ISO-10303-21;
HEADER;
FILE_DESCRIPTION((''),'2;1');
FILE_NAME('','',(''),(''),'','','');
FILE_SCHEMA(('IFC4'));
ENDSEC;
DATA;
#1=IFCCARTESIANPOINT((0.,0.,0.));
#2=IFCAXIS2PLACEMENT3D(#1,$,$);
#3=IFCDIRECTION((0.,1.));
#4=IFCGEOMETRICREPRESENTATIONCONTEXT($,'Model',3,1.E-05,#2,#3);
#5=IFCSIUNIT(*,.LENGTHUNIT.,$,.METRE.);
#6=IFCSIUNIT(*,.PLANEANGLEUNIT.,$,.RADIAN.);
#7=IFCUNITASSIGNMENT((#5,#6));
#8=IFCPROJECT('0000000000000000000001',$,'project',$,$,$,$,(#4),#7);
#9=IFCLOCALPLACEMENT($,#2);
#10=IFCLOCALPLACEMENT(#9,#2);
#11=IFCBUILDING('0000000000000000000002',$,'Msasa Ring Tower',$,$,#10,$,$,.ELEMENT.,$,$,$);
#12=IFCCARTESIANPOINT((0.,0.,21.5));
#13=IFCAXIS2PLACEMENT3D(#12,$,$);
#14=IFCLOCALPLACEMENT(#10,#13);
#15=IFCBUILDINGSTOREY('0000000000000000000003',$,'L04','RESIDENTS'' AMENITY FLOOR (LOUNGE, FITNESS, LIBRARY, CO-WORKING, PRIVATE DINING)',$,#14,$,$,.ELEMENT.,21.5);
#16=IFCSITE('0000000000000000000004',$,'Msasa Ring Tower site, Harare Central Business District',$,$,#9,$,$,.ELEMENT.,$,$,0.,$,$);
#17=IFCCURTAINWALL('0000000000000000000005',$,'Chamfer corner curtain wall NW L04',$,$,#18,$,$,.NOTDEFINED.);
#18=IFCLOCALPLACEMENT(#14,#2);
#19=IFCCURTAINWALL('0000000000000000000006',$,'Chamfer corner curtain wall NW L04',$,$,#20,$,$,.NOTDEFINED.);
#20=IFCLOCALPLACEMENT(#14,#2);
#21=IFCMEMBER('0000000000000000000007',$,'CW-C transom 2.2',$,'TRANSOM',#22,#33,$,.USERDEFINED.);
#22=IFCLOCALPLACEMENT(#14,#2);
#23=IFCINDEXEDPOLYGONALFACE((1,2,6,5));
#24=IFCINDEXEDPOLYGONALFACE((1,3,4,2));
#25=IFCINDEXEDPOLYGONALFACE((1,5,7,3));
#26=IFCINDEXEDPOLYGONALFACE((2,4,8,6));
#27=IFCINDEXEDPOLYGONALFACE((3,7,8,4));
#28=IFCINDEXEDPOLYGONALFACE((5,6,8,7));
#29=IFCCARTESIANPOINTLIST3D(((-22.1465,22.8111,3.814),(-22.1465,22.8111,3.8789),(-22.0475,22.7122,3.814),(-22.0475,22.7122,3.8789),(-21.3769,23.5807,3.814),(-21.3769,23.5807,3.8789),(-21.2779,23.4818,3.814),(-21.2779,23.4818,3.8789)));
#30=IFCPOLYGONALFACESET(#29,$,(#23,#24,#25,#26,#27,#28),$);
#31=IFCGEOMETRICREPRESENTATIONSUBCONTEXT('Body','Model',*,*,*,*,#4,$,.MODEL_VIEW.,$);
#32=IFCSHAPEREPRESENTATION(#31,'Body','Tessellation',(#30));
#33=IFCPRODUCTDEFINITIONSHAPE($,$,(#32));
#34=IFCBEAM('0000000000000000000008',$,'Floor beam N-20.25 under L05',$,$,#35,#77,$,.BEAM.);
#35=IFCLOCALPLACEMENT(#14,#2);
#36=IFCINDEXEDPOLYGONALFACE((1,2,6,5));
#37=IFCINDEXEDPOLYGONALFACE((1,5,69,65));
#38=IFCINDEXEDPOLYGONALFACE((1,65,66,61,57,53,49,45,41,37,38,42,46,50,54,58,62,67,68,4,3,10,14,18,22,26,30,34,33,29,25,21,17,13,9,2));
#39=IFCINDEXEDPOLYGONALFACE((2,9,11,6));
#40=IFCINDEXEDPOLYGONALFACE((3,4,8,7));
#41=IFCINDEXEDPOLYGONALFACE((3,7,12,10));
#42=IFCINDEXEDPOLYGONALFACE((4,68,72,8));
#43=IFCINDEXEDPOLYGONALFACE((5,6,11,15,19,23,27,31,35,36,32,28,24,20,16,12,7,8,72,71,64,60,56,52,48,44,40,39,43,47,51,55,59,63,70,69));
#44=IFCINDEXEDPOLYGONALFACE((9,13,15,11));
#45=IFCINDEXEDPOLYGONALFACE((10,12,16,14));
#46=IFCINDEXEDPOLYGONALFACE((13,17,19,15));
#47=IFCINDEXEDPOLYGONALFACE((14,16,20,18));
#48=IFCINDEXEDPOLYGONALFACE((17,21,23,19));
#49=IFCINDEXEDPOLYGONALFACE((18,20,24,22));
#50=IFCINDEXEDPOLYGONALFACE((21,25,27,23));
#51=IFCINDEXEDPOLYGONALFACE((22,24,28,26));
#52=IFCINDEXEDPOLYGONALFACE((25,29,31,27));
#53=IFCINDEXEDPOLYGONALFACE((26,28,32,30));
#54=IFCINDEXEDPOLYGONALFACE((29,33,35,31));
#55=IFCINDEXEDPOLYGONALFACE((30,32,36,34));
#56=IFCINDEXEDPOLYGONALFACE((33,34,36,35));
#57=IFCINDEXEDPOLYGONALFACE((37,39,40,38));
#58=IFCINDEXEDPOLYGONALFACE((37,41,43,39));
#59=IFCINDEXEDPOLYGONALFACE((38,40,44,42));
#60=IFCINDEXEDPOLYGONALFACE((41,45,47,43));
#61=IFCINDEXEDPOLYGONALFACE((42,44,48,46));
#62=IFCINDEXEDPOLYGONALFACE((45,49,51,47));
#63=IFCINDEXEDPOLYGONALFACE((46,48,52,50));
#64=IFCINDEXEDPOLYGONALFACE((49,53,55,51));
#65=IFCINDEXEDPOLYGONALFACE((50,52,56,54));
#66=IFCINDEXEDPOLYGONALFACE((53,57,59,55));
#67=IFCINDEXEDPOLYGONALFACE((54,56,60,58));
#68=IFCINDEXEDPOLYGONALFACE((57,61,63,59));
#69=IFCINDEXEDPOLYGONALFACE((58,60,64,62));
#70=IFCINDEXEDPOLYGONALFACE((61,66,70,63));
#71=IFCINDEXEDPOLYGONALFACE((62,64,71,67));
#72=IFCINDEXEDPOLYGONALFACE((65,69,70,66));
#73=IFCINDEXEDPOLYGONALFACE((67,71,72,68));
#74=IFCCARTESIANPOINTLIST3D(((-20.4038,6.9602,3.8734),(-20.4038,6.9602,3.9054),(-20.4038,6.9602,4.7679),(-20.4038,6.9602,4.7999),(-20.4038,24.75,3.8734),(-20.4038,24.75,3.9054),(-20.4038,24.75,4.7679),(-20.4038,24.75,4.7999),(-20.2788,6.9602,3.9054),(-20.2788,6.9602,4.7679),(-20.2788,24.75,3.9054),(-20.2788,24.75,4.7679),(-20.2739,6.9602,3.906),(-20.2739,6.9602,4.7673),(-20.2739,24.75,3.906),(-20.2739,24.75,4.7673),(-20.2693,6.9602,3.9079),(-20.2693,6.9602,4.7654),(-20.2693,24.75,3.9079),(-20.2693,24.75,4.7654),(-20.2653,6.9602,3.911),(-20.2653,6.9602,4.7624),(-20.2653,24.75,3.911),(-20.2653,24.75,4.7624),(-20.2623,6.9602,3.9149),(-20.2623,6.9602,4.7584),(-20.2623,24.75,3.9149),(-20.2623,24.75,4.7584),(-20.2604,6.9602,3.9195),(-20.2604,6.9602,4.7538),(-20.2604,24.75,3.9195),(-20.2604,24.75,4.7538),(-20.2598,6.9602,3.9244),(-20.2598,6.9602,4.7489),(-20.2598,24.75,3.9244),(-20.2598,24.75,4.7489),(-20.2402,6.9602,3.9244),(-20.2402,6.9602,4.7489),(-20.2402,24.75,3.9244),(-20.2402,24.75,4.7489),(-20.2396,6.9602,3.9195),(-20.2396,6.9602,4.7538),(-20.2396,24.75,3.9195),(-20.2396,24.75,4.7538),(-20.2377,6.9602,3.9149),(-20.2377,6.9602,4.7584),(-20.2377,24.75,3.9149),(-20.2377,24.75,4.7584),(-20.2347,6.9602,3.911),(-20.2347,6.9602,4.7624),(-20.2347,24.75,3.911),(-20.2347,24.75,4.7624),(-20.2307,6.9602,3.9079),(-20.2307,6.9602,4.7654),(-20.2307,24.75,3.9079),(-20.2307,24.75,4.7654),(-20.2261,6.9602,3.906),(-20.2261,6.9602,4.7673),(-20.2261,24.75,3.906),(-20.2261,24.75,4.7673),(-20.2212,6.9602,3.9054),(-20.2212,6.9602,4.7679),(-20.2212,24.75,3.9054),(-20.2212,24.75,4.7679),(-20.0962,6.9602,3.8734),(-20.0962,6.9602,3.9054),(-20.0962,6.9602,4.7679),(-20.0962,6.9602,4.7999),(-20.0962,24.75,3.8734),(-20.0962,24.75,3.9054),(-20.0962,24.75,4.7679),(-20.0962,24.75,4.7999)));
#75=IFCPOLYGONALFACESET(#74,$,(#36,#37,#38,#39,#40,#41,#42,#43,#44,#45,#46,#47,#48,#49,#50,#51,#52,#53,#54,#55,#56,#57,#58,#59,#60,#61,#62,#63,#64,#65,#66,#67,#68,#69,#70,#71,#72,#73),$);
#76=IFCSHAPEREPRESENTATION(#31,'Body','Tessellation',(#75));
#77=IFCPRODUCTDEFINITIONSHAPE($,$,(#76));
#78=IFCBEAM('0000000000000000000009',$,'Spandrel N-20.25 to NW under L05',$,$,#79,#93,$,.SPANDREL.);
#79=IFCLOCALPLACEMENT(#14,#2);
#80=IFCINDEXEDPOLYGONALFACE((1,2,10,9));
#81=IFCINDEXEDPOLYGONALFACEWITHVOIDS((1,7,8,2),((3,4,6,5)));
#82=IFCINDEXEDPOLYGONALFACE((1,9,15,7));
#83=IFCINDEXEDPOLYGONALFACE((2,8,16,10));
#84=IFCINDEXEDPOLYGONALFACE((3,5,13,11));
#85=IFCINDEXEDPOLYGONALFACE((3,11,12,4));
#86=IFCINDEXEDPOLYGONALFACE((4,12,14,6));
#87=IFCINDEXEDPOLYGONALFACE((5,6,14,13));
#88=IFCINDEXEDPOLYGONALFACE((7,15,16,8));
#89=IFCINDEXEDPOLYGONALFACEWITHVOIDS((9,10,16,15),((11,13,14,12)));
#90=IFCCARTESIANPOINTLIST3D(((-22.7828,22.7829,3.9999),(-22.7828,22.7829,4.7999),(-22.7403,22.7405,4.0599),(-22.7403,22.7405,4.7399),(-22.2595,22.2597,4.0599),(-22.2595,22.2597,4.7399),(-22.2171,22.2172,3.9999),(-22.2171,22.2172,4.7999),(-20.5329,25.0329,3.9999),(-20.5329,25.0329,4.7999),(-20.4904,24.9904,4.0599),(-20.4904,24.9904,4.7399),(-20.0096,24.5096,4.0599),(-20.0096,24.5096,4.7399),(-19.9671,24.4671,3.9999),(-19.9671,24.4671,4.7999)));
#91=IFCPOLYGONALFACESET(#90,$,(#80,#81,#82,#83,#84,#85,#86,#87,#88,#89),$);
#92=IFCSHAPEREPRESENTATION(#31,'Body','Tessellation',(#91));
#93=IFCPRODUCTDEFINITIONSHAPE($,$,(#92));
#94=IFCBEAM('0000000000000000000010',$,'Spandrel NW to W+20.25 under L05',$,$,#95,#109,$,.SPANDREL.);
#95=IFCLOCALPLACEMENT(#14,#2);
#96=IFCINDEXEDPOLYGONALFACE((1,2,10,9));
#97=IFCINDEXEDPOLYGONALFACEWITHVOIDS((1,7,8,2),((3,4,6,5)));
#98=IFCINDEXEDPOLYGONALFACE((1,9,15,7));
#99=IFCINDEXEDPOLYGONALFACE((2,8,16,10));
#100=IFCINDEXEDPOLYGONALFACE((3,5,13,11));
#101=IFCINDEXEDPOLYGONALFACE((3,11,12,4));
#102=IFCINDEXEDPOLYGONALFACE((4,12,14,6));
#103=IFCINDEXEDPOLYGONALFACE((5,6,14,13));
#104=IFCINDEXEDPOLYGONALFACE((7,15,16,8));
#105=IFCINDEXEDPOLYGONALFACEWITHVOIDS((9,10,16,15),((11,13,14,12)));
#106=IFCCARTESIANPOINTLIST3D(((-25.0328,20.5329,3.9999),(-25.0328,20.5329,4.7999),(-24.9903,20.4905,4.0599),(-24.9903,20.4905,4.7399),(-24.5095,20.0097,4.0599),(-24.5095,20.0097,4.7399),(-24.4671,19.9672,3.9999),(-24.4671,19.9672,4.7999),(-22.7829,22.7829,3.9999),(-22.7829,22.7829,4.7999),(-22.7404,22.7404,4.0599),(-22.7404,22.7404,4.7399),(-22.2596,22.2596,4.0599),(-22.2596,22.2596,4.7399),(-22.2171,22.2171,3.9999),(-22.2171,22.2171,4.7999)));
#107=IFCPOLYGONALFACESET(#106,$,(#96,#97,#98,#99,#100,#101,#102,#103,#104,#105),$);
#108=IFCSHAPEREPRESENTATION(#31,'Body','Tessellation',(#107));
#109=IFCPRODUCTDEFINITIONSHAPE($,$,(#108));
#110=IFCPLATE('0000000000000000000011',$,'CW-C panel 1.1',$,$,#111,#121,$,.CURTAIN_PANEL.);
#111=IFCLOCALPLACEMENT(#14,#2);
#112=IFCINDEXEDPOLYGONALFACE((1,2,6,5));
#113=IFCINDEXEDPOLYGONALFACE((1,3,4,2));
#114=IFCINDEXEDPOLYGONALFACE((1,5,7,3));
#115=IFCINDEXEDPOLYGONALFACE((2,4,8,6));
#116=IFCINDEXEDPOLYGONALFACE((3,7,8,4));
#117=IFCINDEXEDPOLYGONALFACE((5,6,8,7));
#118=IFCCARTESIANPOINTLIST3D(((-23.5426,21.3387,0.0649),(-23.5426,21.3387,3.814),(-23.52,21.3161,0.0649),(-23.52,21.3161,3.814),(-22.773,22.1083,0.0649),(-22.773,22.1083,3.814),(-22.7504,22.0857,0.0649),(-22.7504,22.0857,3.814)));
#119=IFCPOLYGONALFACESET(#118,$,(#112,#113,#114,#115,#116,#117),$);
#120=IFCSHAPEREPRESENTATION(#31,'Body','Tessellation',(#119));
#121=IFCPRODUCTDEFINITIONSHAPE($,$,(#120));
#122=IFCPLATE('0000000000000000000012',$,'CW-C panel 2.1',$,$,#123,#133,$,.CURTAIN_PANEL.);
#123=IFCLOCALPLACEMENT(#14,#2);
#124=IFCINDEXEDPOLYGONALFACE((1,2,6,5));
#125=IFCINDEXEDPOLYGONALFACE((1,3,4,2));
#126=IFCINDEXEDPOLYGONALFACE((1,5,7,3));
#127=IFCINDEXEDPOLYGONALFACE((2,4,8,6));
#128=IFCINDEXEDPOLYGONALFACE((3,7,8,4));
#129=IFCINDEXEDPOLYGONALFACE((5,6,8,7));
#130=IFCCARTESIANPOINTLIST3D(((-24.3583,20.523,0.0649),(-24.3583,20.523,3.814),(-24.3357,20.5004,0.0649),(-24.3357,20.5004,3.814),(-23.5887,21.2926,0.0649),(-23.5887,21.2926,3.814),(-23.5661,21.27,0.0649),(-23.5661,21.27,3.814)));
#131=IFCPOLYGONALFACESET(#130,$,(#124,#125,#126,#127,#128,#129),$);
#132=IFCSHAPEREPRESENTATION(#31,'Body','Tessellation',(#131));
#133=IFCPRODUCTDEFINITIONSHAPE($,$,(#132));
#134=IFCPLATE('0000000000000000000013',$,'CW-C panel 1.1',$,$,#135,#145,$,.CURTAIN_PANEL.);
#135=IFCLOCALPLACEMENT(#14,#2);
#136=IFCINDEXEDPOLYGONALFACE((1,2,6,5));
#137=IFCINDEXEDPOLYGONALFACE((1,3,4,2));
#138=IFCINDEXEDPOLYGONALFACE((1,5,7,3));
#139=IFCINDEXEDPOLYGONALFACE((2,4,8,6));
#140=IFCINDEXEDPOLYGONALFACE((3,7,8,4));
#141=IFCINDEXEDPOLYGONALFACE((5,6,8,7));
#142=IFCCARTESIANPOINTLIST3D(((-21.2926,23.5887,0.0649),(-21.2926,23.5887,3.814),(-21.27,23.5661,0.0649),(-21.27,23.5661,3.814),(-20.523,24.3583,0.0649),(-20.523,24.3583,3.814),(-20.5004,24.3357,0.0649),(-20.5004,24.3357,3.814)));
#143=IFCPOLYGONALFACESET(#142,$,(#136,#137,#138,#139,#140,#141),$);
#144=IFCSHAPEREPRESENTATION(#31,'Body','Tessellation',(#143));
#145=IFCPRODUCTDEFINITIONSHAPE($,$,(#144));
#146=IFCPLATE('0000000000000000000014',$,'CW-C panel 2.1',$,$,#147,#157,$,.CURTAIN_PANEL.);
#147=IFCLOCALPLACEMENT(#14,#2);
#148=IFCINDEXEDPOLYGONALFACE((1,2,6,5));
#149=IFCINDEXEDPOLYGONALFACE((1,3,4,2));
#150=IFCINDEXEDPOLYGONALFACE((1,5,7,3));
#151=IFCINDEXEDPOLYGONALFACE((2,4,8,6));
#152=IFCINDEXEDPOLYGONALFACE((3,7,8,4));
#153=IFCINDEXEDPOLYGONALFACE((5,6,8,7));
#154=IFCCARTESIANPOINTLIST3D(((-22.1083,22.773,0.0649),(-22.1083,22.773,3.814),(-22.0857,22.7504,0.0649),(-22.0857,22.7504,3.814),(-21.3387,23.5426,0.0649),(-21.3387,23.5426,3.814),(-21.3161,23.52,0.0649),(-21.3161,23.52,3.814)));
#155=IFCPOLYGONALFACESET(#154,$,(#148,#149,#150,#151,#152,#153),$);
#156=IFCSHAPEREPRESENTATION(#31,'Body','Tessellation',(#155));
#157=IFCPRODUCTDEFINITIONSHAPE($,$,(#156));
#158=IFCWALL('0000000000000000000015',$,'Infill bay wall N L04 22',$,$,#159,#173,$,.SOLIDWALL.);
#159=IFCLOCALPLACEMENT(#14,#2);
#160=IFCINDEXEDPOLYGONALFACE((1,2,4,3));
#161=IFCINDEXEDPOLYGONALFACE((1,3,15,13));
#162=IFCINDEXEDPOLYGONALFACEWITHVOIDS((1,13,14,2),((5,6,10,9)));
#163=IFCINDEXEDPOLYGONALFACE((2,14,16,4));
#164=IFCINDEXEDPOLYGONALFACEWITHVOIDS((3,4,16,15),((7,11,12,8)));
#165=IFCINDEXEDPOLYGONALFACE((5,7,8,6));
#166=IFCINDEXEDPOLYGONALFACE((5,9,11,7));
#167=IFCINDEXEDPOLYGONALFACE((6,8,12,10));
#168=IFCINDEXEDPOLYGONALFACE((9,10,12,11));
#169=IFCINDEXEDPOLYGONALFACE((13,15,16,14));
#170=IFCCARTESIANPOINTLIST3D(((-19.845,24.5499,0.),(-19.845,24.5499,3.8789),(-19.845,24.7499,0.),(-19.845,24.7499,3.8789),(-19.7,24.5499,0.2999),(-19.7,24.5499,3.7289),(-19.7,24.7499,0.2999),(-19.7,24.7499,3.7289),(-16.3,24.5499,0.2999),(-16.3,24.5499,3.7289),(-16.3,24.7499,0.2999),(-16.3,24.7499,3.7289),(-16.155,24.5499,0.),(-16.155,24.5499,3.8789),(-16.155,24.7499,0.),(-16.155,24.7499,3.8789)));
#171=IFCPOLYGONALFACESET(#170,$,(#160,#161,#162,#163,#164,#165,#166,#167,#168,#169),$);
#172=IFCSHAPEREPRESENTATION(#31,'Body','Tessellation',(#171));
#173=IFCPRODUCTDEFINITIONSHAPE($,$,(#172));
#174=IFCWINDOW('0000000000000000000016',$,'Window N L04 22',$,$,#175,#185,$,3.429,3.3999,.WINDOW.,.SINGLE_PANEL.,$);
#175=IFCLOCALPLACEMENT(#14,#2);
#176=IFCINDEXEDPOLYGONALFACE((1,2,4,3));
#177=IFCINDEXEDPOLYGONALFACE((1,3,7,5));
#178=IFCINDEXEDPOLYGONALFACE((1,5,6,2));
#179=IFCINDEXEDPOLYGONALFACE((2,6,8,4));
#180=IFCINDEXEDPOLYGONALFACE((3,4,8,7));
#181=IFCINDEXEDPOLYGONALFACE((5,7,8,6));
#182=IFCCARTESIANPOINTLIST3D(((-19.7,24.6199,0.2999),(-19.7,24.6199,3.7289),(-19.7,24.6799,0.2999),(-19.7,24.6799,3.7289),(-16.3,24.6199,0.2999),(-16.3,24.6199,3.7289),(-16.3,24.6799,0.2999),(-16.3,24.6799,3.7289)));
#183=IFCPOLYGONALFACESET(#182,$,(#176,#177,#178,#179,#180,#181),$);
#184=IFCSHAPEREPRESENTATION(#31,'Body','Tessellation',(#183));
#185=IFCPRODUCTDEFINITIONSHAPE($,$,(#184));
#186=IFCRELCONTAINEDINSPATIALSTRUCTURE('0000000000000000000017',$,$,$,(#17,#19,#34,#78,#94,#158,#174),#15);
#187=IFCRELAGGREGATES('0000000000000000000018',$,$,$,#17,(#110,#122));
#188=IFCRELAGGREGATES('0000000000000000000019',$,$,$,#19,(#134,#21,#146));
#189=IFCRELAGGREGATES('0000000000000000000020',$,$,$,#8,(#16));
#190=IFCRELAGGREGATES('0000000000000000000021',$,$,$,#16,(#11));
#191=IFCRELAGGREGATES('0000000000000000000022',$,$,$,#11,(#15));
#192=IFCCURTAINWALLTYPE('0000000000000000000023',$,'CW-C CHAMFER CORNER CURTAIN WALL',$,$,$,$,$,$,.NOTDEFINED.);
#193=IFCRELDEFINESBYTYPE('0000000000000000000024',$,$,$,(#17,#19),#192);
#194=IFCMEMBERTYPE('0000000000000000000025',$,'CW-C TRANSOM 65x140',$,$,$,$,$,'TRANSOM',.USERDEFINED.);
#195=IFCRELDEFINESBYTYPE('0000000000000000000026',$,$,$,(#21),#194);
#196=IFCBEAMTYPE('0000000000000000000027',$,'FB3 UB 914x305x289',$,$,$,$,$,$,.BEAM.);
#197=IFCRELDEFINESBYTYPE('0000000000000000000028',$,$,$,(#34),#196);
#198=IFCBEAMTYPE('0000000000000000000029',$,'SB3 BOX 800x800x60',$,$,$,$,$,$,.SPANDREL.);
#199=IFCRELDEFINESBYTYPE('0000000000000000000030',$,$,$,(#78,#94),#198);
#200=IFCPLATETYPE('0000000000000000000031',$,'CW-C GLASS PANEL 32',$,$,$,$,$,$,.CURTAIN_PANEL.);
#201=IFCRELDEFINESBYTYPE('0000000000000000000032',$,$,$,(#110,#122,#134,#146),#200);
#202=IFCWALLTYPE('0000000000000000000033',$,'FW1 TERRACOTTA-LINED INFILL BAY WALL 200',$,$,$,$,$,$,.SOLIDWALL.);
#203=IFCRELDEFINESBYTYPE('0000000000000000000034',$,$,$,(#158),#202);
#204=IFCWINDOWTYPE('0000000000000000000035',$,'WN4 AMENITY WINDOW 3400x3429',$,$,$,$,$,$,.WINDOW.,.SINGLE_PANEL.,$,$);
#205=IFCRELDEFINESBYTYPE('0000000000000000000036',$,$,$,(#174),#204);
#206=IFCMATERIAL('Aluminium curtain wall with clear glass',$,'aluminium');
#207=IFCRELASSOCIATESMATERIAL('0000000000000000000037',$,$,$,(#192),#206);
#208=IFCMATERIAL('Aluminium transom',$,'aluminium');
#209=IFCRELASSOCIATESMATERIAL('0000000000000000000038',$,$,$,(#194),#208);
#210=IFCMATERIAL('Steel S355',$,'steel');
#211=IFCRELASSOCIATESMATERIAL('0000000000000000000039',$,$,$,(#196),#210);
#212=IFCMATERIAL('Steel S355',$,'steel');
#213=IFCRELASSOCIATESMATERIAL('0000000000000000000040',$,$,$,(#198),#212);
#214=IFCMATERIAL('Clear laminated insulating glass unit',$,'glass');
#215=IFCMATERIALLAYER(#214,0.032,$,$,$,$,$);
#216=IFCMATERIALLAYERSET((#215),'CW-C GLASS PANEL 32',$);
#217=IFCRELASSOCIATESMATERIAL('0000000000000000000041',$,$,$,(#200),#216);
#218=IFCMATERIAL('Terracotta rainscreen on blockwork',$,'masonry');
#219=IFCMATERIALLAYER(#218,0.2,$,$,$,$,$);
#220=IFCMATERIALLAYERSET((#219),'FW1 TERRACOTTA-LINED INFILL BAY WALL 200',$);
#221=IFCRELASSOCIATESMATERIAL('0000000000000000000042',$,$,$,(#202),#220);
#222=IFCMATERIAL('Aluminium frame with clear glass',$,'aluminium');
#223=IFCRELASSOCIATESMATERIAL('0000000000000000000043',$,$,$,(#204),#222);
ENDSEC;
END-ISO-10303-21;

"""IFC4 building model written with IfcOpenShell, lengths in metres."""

from ifc_helpers import new_model, si_unit, direction, frame, frame_2d, origin, origin_2d, place, context, subcontext, project, spatial, rectangle, hollow_rectangle, i_section, extrude, material, layer, layer_set, material_profile, profile_set, type_object, element, fill, aggregate, save


model = new_model("IFC4")

# Units and contexts
model_context = context("Model", 3, precision=1e-05, world=origin(), true_north=direction((0.0, 1.0)))
body_context = subcontext(model_context, "Body", "Model", "MODEL_VIEW")
ifc_project = project(units=[si_unit("LENGTHUNIT", "METRE"), si_unit("PLANEANGLEUNIT", "RADIAN")], contexts=[model_context])

# Site, building, storey
site_placement = place(None, origin())
site = spatial("IfcSite", under=ifc_project, at=site_placement, Name="Msasa Ring Tower site, Harare Central Business District", CompositionType="ELEMENT", RefElevation=0.0)
building_placement = place(site_placement, origin())
building = spatial("IfcBuilding", under=site, at=building_placement, Name="Msasa Ring Tower", CompositionType="ELEMENT")
storey_placement = place(building_placement, frame((0.0, 0.0, 21.5)))
storey = spatial("IfcBuildingStorey", under=building, at=storey_placement, Name="L04", Description="RESIDENTS' AMENITY FLOOR (LOUNGE, FITNESS, LIBRARY, CO-WORKING, PRIVATE DINING)", CompositionType="ELEMENT", Elevation=21.5)

# Curtain walls
ifc_material_1 = material(Name="Aluminium curtain wall with clear glass", Category="aluminium")
curtain_wall_type = type_object("IfcCurtainWallType", Name="CW-C CHAMFER CORNER CURTAIN WALL", PredefinedType="NOTDEFINED", material=ifc_material_1)
curtain_wall_1_placement = place(storey_placement, origin())
curtain_wall_1 = element("IfcCurtainWall", 1, at=curtain_wall_1_placement, inside=storey, type_object=curtain_wall_type, Name="Chamfer corner curtain wall NW L04", PredefinedType="NOTDEFINED")
curtain_wall_2_placement = place(storey_placement, origin())
curtain_wall_2 = element("IfcCurtainWall", 2, at=curtain_wall_2_placement, inside=storey, type_object=curtain_wall_type, Name="Chamfer corner curtain wall NW L04", PredefinedType="NOTDEFINED")

# Member
ifc_material_2 = material(Name="Aluminium transom", Category="aluminium")
ifc_material_profile_1 = material_profile(ifc_material_2, rectangle(XDim=0.1399, YDim=0.0649, at=origin_2d()), Name="AL 65x140")
ifc_profile_set_1 = profile_set([ifc_material_profile_1], Name="Aluminium transom")
member_type_1 = type_object("IfcMemberType", Name="CW-C TRANSOM 65x140", ElementType="TRANSOM", PredefinedType="USERDEFINED", material=ifc_profile_set_1)
member_1_placement = place(storey_placement, frame((-21.3274, 23.5312, 3.8464), z_axis=(-0.707107, -0.707107, 0.0), x_axis=(0.707107, -0.707107, 0.0)))
member_1 = element("IfcMember", 3, at=member_1_placement, type_object=member_type_1, Name="CW-C transom 2.2", ObjectType="TRANSOM", PredefinedType="USERDEFINED", context=body_context, shape_type="SweptSolid", body=[
    extrude(rectangle(XDim=0.1399, YDim=0.0649, at=origin_2d()), origin(), (0.0, 0.0, 1.0), 1.0884),
])

# Beams
ifc_material_3 = material(Name="Steel S355", Category="steel")
ifc_material_profile_2 = material_profile(ifc_material_3, i_section(OverallWidth=0.3076, OverallDepth=0.9265, WebThickness=0.0195, FlangeThickness=0.032, FilletRadius=0.019, at=origin_2d()), Name="UB 914x305x289")
ifc_profile_set_2 = profile_set([ifc_material_profile_2], Name="Steel S355")
beam_type_1 = type_object("IfcBeamType", Name="FB3 UB 914x305x289", PredefinedType="BEAM", material=ifc_profile_set_2)
beam_placement = place(storey_placement, frame((-20.25, 24.75, 4.3367), z_axis=(0.0, -1.0, 0.0), x_axis=(1.0, 0.0, 0.0)))
element("IfcBeam", 4, at=beam_placement, inside=storey, type_object=beam_type_1, Name="Floor beam N-20.25 under L05", PredefinedType="BEAM", context=body_context, shape_type="SweptSolid", body=[
    extrude(i_section(OverallWidth=0.3076, OverallDepth=0.9265, WebThickness=0.0195, FlangeThickness=0.032, FilletRadius=0.019, at=origin_2d()), origin(), (0.0, 0.0, 1.0), 17.7898),
])
ifc_material_4 = material(Name="Steel S355", Category="steel")
ifc_material_profile_3 = material_profile(ifc_material_4, hollow_rectangle(XDim=0.8, YDim=0.8, WallThickness=0.0601, at=origin_2d()), Name="BOX 800x800x60")
ifc_profile_set_3 = profile_set([ifc_material_profile_3], Name="Steel S355")
beam_type_2 = type_object("IfcBeamType", Name="SB3 BOX 800x800x60", PredefinedType="SPANDREL", material=ifc_profile_set_3)
for number, where, z_axis, x_axis, name in (
    (5, (-20.25, 24.75, 4.3999), (-0.707107, -0.707107, 0.0), (0.707107, -0.707107, 0.0), "Spandrel N-20.25 to NW under L05"),
    (6, (-22.5, 22.5, 4.3999), (-0.707107, -0.707107, 0.0), (0.707107, -0.707107, 0.0), "Spandrel NW to W+20.25 under L05"),
):
    element("IfcBeam", number, at=place(storey_placement, frame(where, z_axis=z_axis, x_axis=x_axis)), inside=storey, type_object=beam_type_2, Name=name, PredefinedType="SPANDREL", context=body_context, shape_type="SweptSolid", body=[
        extrude(hollow_rectangle(XDim=0.8, YDim=0.8, WallThickness=0.0601, at=origin_2d()), origin(), (0.0, 0.0, 1.0), 3.1819),
    ])

# Plates
ifc_material_5 = material(Name="Clear laminated insulating glass unit", Category="glass")
ifc_layer_1 = layer(ifc_material_5, 0.032)
ifc_layer_set_1 = layer_set([ifc_layer_1], Name="CW-C GLASS PANEL 32")
plate_type = type_object("IfcPlateType", Name="CW-C GLASS PANEL 32", PredefinedType="CURTAIN_PANEL", material=ifc_layer_set_1)
plate_1_placement = place(storey_placement, frame((-23.1465, 21.7122, 0.0649), z_axis=(0.0, 0.0, 1.0), x_axis=(-0.707107, -0.707107, 0.0)))
plate_1 = element("IfcPlate", 7, at=plate_1_placement, type_object=plate_type, Name="CW-C panel 1.1", PredefinedType="CURTAIN_PANEL", context=body_context, shape_type="SweptSolid", body=[
    extrude(rectangle(XDim=1.0884, YDim=0.032, at=origin_2d()), origin(), (0.0, 0.0, 1.0), 3.749),
])
plate_2_placement = place(storey_placement, frame((-23.9622, 20.8965, 0.0649), z_axis=(0.0, 0.0, 1.0), x_axis=(-0.707107, -0.707107, 0.0)))
plate_2 = element("IfcPlate", 8, at=plate_2_placement, type_object=plate_type, Name="CW-C panel 2.1", PredefinedType="CURTAIN_PANEL", context=body_context, shape_type="SweptSolid", body=[
    extrude(rectangle(XDim=1.0884, YDim=0.032, at=origin_2d()), origin(), (0.0, 0.0, 1.0), 3.749),
])
aggregate(curtain_wall_1, [plate_1, plate_2])
plate_3_placement = place(storey_placement, frame((-20.8965, 23.9622, 0.0649), z_axis=(0.0, 0.0, 1.0), x_axis=(-0.707107, -0.707107, 0.0)))
plate_3 = element("IfcPlate", 9, at=plate_3_placement, type_object=plate_type, Name="CW-C panel 1.1", PredefinedType="CURTAIN_PANEL", context=body_context, shape_type="SweptSolid", body=[
    extrude(rectangle(XDim=1.0884, YDim=0.032, at=origin_2d()), origin(), (0.0, 0.0, 1.0), 3.749),
])
plate_4_placement = place(storey_placement, frame((-21.7122, 23.1465, 0.0649), z_axis=(0.0, 0.0, 1.0), x_axis=(-0.707107, -0.707107, 0.0)))
plate_4 = element("IfcPlate", 10, at=plate_4_placement, type_object=plate_type, Name="CW-C panel 2.1", PredefinedType="CURTAIN_PANEL", context=body_context, shape_type="SweptSolid", body=[
    extrude(rectangle(XDim=1.0884, YDim=0.032, at=origin_2d()), origin(), (0.0, 0.0, 1.0), 3.749),
])
aggregate(curtain_wall_2, [plate_3, member_1, plate_4])

# Wall, opening, window
ifc_material_6 = material(Name="Terracotta rainscreen on blockwork", Category="masonry")
ifc_layer_2 = layer(ifc_material_6, 0.2)
ifc_layer_set_2 = layer_set([ifc_layer_2], Name="FW1 TERRACOTTA-LINED INFILL BAY WALL 200")
wall_type = type_object("IfcWallType", Name="FW1 TERRACOTTA-LINED INFILL BAY WALL 200", PredefinedType="SOLIDWALL", material=ifc_layer_set_2)
wall_placement = place(storey_placement, frame((-19.845, 24.6499, 0.0), z_axis=(0.0, 0.0, 1.0), x_axis=(1.0, 0.0, 0.0)))
wall = element("IfcWall", 11, at=wall_placement, inside=storey, type_object=wall_type, Name="Infill bay wall N L04 22", PredefinedType="SOLIDWALL", context=body_context, shape_type="SweptSolid", body=[
    extrude(rectangle(XDim=3.6899, YDim=0.2, at=frame_2d((1.845, 0.0))), origin(), (0.0, 0.0, 1.0), 3.8789),
])
opening_placement = place(wall_placement, frame((0.145, 0.0, 0.3)))
opening = element("IfcOpeningElement", 12, at=opening_placement, cuts=wall, PredefinedType="OPENING", context=body_context, shape_type="SweptSolid", body=[
    extrude(rectangle(XDim=3.3999, YDim=3.429, at=frame_2d((1.7, 1.7144))), frame((0.0, 0.1099, 0.0), z_axis=(0.0, -1.0, 0.0), x_axis=(1.0, 0.0, 0.0)), (0.0, 0.0, 1.0), 0.22),
])
ifc_material_7 = material(Name="Aluminium frame with clear glass", Category="aluminium")
window_type = type_object("IfcWindowType", Name="WN4 AMENITY WINDOW 3400x3429", PartitioningType="SINGLE_PANEL", PredefinedType="WINDOW", material=ifc_material_7)
window_placement = place(opening_placement, origin())
window = element("IfcWindow", 13, at=window_placement, inside=storey, type_object=window_type, Name="Window N L04 22", OverallHeight=3.429, OverallWidth=3.3999, PartitioningType="SINGLE_PANEL", PredefinedType="WINDOW", context=body_context, shape_type="SweptSolid", body=[
    extrude(rectangle(XDim=3.3999, YDim=3.429, at=frame_2d((1.7, 1.7144))), frame((0.0, 0.03, 0.0), z_axis=(0.0, -1.0, 0.0), x_axis=(1.0, 0.0, 0.0)), (0.0, 0.0, 1.0), 0.0601),
])
fill(opening, window)

save(model, "model.ifc")
